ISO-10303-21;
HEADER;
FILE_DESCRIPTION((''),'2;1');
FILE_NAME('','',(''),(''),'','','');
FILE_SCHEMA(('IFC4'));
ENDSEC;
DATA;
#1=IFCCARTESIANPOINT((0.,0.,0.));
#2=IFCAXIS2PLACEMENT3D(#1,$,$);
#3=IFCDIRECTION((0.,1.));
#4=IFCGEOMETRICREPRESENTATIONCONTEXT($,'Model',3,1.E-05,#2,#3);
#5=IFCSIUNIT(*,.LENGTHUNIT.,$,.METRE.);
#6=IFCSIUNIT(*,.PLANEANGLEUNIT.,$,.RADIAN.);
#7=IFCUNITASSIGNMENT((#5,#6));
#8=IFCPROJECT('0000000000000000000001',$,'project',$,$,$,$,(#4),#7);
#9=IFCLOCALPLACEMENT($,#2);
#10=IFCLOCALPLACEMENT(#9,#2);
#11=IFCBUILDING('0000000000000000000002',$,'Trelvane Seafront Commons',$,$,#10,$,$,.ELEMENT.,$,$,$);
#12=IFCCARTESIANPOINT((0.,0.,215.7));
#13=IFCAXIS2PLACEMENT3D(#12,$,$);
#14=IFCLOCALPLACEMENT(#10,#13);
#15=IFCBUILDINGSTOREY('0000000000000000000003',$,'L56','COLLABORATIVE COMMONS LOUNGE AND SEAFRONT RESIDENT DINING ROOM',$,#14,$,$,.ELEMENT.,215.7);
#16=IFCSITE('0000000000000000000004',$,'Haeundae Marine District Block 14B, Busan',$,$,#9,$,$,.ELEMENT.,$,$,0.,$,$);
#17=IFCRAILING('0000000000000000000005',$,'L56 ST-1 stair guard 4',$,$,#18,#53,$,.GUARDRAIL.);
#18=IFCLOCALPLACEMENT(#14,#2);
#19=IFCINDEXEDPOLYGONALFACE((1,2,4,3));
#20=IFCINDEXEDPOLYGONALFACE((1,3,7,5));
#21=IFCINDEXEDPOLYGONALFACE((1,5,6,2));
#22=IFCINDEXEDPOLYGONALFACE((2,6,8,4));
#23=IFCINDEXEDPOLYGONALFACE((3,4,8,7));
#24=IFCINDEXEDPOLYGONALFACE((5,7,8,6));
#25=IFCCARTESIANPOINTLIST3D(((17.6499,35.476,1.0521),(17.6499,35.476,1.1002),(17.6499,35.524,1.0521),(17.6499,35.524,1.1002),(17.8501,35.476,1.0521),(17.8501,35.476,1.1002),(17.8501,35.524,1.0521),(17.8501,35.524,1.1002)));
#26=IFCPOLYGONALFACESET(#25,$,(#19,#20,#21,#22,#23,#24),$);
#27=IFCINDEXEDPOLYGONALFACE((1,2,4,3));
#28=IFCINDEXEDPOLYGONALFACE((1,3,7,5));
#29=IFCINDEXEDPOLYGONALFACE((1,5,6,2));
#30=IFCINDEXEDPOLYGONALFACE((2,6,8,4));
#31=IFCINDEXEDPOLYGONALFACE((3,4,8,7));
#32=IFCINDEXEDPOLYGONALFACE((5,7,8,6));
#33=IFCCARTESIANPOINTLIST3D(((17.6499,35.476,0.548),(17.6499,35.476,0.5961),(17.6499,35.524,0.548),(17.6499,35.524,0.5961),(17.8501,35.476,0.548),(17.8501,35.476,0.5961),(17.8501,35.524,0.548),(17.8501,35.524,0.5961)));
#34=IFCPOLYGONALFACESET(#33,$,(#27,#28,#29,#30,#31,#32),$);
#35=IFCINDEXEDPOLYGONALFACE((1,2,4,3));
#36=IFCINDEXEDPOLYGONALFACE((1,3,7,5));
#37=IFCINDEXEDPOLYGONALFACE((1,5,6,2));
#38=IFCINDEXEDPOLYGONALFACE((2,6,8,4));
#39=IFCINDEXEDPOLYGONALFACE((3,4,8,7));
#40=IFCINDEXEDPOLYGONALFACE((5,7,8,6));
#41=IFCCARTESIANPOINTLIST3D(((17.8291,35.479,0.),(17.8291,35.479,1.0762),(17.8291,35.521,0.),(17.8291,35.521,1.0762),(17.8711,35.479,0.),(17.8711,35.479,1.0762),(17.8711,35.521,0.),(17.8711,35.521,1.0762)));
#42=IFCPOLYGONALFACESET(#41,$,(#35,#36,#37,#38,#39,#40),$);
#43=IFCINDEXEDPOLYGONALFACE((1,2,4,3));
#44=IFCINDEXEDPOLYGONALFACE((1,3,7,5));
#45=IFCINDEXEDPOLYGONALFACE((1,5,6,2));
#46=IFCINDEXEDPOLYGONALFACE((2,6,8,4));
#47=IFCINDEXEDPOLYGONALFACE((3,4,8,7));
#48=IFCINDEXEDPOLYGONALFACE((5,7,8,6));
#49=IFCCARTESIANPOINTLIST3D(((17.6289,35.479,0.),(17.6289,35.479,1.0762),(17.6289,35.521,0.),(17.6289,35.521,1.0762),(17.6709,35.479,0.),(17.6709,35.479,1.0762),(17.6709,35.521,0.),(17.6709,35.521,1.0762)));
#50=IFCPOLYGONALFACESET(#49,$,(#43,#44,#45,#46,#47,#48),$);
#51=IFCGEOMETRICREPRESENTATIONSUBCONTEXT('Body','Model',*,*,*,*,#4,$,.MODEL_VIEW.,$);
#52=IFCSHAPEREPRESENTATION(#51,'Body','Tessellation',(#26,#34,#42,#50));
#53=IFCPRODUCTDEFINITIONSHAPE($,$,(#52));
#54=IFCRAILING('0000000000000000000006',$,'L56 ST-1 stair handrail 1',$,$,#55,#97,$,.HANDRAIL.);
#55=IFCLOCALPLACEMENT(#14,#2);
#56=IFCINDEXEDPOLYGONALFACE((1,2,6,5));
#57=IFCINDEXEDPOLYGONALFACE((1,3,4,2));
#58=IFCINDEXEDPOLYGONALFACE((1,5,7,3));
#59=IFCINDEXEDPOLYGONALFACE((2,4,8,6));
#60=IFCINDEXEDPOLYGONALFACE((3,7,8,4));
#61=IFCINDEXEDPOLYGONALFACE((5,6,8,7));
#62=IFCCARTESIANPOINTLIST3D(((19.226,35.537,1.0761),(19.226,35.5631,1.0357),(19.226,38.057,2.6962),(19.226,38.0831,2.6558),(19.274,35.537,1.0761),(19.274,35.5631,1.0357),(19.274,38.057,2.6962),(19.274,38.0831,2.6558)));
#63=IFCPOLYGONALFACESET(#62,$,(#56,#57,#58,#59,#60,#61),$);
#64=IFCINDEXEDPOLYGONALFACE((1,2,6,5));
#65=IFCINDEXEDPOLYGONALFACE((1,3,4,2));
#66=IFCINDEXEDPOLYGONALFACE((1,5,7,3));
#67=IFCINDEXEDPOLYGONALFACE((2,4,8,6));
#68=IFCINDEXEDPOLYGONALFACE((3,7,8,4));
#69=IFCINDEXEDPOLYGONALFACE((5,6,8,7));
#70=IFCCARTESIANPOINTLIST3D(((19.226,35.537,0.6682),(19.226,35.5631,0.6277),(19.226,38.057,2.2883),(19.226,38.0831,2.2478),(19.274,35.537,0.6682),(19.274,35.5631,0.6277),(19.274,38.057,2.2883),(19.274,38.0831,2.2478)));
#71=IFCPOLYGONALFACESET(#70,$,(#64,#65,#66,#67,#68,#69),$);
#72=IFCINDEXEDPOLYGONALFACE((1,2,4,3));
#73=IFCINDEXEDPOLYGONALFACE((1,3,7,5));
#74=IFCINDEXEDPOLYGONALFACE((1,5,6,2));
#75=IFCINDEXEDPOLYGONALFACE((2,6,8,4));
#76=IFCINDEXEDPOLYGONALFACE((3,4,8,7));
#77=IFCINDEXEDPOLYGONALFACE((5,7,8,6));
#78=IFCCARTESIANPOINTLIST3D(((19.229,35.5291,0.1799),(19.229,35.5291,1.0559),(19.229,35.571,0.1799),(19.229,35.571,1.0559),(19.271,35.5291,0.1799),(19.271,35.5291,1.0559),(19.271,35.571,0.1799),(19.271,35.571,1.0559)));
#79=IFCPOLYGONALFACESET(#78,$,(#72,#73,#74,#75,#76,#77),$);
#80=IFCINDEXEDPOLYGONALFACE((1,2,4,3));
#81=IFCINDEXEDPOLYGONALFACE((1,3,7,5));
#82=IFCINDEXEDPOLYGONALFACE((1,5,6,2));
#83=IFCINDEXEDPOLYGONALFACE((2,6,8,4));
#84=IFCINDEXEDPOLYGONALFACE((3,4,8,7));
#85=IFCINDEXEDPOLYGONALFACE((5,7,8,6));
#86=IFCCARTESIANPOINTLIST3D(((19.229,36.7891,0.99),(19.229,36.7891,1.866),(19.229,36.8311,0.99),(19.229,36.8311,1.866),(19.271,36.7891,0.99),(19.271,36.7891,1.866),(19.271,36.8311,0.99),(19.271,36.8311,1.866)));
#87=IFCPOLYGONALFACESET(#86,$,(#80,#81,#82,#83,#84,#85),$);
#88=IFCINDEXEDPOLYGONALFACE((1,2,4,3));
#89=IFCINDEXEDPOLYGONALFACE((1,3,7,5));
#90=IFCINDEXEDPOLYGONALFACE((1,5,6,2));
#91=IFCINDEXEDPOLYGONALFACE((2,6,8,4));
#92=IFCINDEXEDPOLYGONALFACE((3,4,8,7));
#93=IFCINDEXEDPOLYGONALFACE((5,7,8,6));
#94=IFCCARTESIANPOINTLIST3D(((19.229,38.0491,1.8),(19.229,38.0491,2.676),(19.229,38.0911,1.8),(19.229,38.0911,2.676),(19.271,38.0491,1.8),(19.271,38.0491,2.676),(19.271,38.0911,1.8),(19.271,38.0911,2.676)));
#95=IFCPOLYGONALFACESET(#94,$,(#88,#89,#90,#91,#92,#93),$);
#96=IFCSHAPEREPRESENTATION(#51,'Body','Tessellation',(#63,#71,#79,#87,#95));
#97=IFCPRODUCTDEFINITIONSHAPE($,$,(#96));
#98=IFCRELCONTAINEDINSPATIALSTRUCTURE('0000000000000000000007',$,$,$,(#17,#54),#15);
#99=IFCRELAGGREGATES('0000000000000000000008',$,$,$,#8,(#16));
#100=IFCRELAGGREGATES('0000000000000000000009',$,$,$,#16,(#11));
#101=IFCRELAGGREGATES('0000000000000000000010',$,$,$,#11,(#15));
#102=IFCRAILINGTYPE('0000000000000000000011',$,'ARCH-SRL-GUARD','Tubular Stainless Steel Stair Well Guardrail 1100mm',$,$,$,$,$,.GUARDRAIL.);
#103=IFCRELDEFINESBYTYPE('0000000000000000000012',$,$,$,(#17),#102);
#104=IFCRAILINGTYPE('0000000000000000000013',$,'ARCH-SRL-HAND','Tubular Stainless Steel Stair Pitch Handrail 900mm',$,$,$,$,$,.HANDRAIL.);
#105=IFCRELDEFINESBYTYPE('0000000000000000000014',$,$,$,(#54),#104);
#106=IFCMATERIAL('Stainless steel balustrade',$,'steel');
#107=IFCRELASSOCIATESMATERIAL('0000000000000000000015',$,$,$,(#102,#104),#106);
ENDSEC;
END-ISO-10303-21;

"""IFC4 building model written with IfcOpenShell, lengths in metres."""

from ifc_helpers import new_model, si_unit, direction, frame, origin, origin_2d, place, context, subcontext, project, spatial, rectangle, extrude, material, type_object, element, save


model = new_model("IFC4")

# Units and contexts
model_context = context("Model", 3, precision=1e-05, world=origin(), true_north=direction((0.0, 1.0)))
body_context = subcontext(model_context, "Body", "Model", "MODEL_VIEW")
ifc_project = project(units=[si_unit("LENGTHUNIT", "METRE"), si_unit("PLANEANGLEUNIT", "RADIAN")], contexts=[model_context])

# Site, building, storey
site_placement = place(None, origin())
site = spatial("IfcSite", under=ifc_project, at=site_placement, Name="Haeundae Marine District Block 14B, Busan", CompositionType="ELEMENT", RefElevation=0.0)
building_placement = place(site_placement, origin())
building = spatial("IfcBuilding", under=site, at=building_placement, Name="Trelvane Seafront Commons", CompositionType="ELEMENT")
storey_placement = place(building_placement, frame((0.0, 0.0, 215.7)))
storey = spatial("IfcBuildingStorey", under=building, at=storey_placement, Name="L56", Description="COLLABORATIVE COMMONS LOUNGE AND SEAFRONT RESIDENT DINING ROOM", CompositionType="ELEMENT", Elevation=215.7)

# Shared definitions
ifc_material_1 = material(Name="Stainless steel balustrade", Category="steel")

# Railings
railing_type_1 = type_object("IfcRailingType", Name="ARCH-SRL-GUARD", Description="Tubular Stainless Steel Stair Well Guardrail 1100mm", PredefinedType="GUARDRAIL", material=ifc_material_1)
railing_1_placement = place(storey_placement, frame((17.8501, 35.5, 0.0)))
element("IfcRailing", 1, at=railing_1_placement, inside=storey, type_object=railing_type_1, Name="L56 ST-1 stair guard 4", PredefinedType="GUARDRAIL", context=body_context, shape_type="SweptSolid", body=[
    extrude(rectangle(XDim=0.0481, YDim=0.0481, at=origin_2d()), frame((0.0, 0.0, 1.0762), z_axis=(-1.0, 0.0, 0.0), x_axis=(0.0, -1.0, 0.0)), (0.0, 0.0, 1.0), 0.2002),
    extrude(rectangle(XDim=0.0481, YDim=0.0481, at=origin_2d()), frame((0.0, 0.0, 0.572), z_axis=(-1.0, 0.0, 0.0), x_axis=(0.0, -1.0, 0.0)), (0.0, 0.0, 1.0), 0.2002),
    extrude(rectangle(XDim=0.042, YDim=0.042, at=origin_2d()), origin(), (0.0, 0.0, 1.0), 1.0762),
    extrude(rectangle(XDim=0.042, YDim=0.042, at=origin_2d()), frame((-0.2002, 0.0, 0.0)), (0.0, 0.0, 1.0), 1.0762),
])
railing_type_2 = type_object("IfcRailingType", Name="ARCH-SRL-HAND", Description="Tubular Stainless Steel Stair Pitch Handrail 900mm", PredefinedType="HANDRAIL", material=ifc_material_1)
railing_2_placement = place(storey_placement, frame((19.25, 35.55, 0.1799)))
element("IfcRailing", 2, at=railing_2_placement, inside=storey, type_object=railing_type_2, Name="L56 ST-1 stair handrail 1", PredefinedType="HANDRAIL", context=body_context, shape_type="SweptSolid", body=[
    extrude(rectangle(XDim=0.0481, YDim=0.0481, at=origin_2d()), frame((0.0, 0.0, 0.876), z_axis=(0.0, 0.841163, 0.540782), x_axis=(-1.0, 0.0, 0.0)), (0.0, 0.0, 1.0), 2.9958),
    extrude(rectangle(XDim=0.0481, YDim=0.0481, at=origin_2d()), frame((0.0, 0.0, 0.468), z_axis=(0.0, 0.841163, 0.540782), x_axis=(-1.0, 0.0, 0.0)), (0.0, 0.0, 1.0), 2.9958),
    extrude(rectangle(XDim=0.042, YDim=0.042, at=origin_2d()), origin(), (0.0, 0.0, 1.0), 0.876),
    extrude(rectangle(XDim=0.042, YDim=0.042, at=origin_2d()), frame((0.0, 1.26, 0.8101)), (0.0, 0.0, 1.0), 0.876),
    extrude(rectangle(XDim=0.042, YDim=0.042, at=origin_2d()), frame((0.0, 2.52, 1.6201)), (0.0, 0.0, 1.0), 0.876),
])

save(model, "model.ifc")
